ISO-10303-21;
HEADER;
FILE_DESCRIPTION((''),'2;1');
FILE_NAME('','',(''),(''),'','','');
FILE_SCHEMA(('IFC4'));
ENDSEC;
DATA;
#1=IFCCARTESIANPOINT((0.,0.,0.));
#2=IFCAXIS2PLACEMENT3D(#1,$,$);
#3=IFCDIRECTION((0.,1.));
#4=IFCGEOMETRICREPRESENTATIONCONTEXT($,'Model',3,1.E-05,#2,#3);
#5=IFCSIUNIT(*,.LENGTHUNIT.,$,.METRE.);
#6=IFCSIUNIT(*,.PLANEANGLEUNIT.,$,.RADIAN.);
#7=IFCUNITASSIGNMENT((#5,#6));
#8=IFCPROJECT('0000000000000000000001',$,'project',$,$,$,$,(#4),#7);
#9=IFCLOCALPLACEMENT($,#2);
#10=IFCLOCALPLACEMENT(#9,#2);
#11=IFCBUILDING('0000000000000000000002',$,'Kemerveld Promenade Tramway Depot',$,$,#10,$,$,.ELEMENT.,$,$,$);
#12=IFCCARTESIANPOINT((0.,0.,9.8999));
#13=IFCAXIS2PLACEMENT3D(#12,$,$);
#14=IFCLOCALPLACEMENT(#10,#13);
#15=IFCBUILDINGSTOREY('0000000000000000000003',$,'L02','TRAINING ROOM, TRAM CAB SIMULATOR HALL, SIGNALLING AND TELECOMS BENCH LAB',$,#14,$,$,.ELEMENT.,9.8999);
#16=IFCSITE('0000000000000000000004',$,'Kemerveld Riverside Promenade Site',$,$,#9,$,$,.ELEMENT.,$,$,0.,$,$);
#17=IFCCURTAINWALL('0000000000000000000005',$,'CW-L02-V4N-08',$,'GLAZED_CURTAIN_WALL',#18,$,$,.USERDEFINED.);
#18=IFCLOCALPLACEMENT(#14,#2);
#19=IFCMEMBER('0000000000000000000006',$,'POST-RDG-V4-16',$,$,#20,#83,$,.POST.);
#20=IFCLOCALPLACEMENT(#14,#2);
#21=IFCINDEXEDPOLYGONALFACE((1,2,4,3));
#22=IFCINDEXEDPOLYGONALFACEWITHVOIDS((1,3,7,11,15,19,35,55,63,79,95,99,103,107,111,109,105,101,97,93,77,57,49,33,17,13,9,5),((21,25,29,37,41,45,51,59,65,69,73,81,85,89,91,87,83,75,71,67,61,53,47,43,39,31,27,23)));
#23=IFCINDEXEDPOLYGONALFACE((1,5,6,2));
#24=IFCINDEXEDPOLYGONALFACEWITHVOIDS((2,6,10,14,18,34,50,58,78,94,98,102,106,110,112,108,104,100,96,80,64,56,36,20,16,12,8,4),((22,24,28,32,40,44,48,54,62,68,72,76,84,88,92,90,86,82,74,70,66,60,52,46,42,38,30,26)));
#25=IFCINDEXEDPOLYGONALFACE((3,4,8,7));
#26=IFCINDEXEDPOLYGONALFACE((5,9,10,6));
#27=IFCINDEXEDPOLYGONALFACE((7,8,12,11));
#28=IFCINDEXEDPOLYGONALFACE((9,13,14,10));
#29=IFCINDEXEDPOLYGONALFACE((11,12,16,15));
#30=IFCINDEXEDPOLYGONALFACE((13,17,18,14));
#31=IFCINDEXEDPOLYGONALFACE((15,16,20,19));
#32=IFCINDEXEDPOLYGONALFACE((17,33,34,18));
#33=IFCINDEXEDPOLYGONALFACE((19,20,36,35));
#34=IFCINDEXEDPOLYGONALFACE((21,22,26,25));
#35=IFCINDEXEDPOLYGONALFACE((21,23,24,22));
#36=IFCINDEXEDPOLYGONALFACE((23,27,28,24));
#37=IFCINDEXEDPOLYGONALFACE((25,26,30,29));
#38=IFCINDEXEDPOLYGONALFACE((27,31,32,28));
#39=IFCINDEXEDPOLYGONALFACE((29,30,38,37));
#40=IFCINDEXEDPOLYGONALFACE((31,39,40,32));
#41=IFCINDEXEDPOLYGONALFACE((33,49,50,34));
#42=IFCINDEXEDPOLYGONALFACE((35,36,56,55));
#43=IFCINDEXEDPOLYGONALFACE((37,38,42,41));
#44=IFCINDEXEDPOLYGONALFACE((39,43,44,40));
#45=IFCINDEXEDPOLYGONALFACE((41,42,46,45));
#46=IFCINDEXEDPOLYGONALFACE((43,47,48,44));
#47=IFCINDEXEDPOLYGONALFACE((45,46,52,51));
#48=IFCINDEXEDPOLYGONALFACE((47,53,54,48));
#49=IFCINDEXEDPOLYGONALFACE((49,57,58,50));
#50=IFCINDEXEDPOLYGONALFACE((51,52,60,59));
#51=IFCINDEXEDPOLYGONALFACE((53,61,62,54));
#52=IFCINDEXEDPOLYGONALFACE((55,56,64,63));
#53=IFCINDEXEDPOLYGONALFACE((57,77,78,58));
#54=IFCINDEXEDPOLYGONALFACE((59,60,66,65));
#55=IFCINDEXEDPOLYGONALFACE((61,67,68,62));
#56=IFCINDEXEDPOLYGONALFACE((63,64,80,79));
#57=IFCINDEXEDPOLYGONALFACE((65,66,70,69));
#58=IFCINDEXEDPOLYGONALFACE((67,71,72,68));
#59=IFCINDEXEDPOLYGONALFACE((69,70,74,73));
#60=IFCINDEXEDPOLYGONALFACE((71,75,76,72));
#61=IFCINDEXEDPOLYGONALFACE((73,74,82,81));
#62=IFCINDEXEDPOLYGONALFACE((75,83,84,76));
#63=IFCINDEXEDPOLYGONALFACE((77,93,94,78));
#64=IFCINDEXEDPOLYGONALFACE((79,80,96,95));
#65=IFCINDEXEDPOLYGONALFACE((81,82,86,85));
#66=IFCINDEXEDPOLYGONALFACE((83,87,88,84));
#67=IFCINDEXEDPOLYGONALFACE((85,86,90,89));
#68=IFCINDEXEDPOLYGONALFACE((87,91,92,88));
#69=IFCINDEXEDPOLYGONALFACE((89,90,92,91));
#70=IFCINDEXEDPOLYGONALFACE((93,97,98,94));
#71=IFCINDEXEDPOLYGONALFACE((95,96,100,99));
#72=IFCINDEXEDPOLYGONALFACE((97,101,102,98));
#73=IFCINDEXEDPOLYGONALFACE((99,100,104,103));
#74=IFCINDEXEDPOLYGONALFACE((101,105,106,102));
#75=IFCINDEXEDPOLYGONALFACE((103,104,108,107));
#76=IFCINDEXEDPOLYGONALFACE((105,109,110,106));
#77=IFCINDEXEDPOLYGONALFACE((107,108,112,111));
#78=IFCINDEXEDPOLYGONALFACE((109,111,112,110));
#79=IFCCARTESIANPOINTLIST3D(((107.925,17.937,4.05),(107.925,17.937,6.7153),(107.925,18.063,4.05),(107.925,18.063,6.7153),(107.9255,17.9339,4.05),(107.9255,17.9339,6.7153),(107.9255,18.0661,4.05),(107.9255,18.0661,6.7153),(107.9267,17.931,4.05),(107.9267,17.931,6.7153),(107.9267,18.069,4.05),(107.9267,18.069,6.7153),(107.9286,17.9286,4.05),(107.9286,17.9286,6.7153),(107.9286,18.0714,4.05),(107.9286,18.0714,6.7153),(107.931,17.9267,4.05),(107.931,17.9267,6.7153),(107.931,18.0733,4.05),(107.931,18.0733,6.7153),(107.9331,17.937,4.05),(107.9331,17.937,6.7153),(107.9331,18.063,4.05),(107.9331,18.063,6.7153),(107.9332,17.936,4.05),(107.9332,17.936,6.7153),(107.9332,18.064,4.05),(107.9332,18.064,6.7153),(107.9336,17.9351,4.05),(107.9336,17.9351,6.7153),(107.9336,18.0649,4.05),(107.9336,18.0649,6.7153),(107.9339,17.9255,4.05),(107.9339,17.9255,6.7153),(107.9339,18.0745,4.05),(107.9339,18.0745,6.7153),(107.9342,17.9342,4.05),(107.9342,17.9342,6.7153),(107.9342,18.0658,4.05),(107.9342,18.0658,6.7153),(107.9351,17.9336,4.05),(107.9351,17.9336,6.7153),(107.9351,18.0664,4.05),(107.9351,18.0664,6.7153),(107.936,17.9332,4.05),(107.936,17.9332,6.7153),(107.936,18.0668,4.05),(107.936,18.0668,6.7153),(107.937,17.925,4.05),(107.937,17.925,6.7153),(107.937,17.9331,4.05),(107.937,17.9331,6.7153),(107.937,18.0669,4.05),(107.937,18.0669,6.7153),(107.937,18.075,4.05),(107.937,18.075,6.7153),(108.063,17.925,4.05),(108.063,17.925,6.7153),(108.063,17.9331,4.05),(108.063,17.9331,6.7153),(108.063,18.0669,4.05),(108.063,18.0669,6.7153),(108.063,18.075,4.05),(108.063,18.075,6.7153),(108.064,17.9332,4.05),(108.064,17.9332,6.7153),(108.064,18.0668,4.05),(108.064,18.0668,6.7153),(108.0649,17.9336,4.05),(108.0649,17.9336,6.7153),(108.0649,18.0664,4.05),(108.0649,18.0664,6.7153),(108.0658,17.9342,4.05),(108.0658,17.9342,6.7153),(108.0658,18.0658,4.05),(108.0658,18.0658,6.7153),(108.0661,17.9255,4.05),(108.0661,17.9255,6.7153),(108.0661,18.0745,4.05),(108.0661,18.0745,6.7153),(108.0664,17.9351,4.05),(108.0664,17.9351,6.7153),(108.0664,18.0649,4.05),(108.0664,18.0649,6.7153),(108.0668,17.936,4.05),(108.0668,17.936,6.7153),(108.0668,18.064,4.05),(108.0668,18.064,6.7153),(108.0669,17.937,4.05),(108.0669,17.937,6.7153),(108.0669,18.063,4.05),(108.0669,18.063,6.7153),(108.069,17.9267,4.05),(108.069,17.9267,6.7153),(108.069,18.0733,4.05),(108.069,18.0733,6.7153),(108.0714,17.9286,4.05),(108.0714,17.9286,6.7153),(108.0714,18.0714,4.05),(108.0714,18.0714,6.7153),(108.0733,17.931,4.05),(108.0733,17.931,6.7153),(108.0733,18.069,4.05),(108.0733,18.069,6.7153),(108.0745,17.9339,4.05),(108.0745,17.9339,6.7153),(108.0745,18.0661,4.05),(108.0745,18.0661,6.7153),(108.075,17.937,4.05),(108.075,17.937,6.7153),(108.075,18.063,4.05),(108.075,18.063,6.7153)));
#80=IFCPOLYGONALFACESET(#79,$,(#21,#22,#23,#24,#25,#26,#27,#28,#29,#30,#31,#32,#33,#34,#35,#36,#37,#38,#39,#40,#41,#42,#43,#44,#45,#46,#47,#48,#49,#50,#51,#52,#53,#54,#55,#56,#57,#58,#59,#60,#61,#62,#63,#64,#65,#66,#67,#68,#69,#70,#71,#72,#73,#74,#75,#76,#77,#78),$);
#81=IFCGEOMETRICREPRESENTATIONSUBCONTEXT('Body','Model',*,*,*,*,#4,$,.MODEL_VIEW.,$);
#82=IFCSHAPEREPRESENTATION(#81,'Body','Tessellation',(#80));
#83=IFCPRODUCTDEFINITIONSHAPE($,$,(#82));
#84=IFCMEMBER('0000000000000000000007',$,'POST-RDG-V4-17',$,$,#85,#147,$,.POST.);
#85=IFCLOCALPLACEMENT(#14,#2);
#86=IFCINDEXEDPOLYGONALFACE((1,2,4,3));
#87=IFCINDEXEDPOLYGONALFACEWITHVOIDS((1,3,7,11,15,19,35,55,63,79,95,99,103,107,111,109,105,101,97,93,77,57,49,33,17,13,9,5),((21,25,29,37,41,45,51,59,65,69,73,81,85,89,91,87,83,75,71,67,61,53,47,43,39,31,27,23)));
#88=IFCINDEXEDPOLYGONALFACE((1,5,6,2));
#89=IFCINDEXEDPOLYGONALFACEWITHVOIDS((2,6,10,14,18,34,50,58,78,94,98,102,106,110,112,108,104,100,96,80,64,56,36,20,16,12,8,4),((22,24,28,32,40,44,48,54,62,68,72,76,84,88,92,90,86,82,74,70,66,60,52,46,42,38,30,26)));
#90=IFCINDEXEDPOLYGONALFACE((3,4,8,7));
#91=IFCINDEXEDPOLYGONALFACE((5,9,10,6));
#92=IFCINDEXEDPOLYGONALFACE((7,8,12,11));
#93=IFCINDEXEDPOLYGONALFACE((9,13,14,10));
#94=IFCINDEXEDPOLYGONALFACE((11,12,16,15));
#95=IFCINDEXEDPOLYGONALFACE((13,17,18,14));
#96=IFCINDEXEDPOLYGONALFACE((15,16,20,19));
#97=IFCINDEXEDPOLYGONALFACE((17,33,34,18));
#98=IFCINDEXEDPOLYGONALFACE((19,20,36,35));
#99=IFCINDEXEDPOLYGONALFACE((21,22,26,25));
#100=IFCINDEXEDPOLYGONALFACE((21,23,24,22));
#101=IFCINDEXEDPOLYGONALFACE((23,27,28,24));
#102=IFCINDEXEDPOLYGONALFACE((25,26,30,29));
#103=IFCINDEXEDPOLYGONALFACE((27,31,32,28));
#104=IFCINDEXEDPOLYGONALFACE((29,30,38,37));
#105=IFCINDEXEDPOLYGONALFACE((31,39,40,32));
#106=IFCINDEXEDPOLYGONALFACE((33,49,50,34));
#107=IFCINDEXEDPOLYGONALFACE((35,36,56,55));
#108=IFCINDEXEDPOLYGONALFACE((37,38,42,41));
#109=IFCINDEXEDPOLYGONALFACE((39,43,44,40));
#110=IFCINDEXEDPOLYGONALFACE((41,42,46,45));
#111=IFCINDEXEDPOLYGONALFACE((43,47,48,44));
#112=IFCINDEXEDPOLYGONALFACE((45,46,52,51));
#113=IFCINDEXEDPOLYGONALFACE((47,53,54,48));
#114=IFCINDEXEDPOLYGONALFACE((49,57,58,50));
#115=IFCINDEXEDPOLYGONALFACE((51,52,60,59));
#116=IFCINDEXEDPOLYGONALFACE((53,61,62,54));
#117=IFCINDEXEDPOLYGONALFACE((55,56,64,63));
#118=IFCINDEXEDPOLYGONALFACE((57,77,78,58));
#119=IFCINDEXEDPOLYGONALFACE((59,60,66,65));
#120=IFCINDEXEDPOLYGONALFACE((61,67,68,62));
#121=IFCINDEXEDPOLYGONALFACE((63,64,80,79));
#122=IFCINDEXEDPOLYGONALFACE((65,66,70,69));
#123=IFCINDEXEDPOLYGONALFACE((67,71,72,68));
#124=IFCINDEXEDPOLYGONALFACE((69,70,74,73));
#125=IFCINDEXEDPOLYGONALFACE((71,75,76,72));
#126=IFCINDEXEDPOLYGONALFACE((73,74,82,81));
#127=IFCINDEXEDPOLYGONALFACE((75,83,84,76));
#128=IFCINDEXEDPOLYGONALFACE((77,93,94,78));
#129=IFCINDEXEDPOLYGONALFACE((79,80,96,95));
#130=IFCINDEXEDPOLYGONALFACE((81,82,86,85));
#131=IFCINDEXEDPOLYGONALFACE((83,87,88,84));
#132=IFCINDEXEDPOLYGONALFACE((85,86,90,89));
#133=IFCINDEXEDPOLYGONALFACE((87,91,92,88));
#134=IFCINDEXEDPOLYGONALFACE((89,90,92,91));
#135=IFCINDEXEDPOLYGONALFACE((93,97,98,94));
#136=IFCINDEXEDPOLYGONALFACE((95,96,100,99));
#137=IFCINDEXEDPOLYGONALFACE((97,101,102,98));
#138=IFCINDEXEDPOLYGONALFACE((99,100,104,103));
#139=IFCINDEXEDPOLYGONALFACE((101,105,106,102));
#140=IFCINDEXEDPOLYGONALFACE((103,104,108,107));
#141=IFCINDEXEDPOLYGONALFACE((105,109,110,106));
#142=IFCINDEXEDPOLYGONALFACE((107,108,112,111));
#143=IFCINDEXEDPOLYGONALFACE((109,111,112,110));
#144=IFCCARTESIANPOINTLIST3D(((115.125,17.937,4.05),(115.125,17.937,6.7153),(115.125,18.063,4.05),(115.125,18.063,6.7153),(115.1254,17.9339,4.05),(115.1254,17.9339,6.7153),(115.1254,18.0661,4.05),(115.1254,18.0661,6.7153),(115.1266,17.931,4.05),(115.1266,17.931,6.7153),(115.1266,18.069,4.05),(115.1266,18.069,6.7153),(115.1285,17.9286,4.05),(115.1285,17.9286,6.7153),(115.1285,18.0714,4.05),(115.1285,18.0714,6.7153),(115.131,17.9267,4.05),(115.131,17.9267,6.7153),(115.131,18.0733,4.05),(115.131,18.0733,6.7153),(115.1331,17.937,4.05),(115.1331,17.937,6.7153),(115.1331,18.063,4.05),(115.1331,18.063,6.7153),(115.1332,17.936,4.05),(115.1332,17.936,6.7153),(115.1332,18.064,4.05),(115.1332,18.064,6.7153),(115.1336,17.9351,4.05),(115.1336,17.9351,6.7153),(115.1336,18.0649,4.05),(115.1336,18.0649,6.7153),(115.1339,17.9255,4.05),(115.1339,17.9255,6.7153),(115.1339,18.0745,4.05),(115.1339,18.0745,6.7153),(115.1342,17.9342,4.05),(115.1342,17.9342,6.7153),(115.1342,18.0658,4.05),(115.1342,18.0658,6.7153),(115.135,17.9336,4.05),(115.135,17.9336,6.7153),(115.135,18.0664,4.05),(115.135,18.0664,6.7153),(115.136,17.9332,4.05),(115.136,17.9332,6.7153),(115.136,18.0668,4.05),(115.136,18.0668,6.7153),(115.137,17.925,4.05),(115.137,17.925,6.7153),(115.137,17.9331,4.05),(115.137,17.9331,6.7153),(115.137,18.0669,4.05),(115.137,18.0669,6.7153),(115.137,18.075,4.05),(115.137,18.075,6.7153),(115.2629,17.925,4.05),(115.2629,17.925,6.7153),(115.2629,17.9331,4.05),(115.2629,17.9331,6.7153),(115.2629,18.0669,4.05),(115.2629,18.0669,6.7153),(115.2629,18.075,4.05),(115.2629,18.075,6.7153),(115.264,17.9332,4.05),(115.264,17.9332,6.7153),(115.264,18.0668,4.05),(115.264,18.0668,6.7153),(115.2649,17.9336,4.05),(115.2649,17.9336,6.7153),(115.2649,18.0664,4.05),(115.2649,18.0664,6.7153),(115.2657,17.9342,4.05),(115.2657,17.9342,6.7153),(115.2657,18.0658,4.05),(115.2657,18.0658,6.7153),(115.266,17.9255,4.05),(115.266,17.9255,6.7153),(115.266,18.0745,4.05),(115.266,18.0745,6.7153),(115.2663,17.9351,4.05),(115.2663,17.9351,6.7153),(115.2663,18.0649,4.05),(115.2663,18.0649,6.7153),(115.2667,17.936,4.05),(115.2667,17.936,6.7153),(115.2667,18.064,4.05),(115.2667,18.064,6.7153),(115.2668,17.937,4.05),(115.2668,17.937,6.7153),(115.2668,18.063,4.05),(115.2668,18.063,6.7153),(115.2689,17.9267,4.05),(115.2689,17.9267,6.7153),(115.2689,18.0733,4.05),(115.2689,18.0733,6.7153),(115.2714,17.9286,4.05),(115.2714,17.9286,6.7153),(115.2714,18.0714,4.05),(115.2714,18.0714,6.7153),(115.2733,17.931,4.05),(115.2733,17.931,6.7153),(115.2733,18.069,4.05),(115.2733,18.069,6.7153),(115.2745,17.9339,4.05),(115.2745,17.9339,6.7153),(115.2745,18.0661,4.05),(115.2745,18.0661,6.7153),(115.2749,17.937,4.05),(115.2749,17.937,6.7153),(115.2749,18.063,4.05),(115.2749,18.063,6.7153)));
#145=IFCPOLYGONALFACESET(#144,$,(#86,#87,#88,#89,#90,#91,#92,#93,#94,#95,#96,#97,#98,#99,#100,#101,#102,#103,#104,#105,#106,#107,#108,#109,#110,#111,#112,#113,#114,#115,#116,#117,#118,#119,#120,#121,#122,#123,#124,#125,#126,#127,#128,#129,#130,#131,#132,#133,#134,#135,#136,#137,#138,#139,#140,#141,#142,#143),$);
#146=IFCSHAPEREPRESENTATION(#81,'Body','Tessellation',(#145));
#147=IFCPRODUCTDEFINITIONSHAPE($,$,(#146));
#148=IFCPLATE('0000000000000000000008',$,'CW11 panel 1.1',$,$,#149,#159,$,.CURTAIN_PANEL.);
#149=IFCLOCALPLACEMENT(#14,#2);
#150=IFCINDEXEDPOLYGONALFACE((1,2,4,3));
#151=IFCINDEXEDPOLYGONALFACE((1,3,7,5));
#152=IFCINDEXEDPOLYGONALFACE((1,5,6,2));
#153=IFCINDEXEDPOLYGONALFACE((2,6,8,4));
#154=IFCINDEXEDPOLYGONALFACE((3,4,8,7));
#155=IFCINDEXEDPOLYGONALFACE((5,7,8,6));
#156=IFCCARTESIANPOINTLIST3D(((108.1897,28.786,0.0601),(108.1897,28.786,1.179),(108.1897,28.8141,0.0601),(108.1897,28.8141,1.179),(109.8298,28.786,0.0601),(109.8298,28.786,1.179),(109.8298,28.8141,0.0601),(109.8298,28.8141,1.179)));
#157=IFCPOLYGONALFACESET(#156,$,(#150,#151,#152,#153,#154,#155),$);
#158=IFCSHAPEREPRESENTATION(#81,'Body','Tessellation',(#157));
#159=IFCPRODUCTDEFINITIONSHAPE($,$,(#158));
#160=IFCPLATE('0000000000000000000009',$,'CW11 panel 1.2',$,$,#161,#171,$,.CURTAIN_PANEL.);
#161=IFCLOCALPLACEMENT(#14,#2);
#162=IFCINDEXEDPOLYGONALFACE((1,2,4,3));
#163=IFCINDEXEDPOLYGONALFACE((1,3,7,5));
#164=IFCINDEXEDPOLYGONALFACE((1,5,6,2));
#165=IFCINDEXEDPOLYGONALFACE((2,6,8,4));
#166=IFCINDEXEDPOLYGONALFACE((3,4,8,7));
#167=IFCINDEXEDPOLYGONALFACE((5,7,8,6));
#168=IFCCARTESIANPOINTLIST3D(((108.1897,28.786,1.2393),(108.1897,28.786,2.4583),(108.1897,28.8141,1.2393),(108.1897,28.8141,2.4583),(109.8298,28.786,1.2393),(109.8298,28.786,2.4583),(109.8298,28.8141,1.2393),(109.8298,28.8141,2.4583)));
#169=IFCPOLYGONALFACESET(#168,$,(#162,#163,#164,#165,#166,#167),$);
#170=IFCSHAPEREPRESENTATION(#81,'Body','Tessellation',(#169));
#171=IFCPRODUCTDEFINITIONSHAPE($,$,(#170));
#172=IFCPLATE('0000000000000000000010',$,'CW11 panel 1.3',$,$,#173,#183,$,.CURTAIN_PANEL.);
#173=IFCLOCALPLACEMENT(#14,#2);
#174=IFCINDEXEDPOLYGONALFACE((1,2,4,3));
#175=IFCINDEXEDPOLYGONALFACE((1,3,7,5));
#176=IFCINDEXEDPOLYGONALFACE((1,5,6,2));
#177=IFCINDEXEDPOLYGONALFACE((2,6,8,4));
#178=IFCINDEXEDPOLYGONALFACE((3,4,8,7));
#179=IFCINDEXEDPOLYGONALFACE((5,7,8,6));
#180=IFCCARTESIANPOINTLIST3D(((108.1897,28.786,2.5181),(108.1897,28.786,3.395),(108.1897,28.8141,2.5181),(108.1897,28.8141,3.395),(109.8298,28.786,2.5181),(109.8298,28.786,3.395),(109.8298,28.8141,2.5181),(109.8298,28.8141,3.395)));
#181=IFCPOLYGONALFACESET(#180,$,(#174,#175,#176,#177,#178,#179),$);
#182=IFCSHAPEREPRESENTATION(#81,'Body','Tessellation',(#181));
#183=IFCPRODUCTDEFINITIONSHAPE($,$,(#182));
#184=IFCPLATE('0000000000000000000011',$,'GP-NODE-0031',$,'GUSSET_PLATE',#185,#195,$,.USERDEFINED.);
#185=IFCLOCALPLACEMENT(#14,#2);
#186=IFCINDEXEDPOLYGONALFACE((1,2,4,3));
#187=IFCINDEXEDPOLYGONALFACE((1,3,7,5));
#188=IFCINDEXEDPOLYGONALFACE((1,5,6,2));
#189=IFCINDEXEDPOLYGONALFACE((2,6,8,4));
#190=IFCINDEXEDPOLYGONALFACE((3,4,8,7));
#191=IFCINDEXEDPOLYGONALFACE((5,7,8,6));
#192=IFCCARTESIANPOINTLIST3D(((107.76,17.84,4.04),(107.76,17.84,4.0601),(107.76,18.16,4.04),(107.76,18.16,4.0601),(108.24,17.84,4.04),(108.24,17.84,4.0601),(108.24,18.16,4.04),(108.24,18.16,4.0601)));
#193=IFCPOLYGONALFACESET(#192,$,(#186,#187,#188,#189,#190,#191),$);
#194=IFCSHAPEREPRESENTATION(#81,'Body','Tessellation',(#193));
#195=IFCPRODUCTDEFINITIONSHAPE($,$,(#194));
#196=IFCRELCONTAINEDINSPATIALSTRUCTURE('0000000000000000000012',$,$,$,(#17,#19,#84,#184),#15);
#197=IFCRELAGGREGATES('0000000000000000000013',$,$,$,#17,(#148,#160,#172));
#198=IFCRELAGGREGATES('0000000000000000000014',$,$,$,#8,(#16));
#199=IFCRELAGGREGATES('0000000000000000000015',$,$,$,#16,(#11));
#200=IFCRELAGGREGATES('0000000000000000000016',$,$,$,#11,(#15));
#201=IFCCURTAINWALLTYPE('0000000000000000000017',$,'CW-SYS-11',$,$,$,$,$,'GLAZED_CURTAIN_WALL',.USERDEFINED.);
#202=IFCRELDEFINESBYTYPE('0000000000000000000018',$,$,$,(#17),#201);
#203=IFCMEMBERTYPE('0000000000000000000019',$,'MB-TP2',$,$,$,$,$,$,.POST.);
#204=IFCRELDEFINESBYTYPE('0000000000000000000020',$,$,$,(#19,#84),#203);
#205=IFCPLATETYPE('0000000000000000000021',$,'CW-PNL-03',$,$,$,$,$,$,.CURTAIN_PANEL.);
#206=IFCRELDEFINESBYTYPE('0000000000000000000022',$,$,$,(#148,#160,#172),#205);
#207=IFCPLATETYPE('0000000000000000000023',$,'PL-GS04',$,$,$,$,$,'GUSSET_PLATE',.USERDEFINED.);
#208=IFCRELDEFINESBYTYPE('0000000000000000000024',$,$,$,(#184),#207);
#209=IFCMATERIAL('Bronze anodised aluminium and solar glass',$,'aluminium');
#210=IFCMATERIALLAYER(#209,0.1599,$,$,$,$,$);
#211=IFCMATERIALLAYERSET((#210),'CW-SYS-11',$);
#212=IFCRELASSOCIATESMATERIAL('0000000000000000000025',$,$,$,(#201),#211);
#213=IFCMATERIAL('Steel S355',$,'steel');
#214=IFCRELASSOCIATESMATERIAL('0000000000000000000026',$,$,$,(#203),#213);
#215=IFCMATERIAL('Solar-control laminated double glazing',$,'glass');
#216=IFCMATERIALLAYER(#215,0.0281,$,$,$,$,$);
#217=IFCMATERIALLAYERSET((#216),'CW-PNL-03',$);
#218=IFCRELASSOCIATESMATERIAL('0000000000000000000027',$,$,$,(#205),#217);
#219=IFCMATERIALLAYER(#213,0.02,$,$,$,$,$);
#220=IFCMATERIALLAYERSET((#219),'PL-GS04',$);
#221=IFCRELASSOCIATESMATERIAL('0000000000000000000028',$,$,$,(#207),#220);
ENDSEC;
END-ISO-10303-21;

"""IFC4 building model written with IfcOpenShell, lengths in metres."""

from ifc_helpers import new_model, si_unit, direction, frame, origin, origin_2d, place, context, subcontext, project, spatial, rectangle, hollow_rectangle, extrude, material, layer, layer_set, material_profile, profile_set, type_object, element, aggregate, save


model = new_model("IFC4")

# Units and contexts
model_context = context("Model", 3, precision=1e-05, world=origin(), true_north=direction((0.0, 1.0)))
body_context = subcontext(model_context, "Body", "Model", "MODEL_VIEW")
ifc_project = project(units=[si_unit("LENGTHUNIT", "METRE"), si_unit("PLANEANGLEUNIT", "RADIAN")], contexts=[model_context])

# Site, building, storey
site_placement = place(None, origin())
site = spatial("IfcSite", under=ifc_project, at=site_placement, Name="Kemerveld Riverside Promenade Site", CompositionType="ELEMENT", RefElevation=0.0)
building_placement = place(site_placement, origin())
building = spatial("IfcBuilding", under=site, at=building_placement, Name="Kemerveld Promenade Tramway Depot", CompositionType="ELEMENT")
storey_placement = place(building_placement, frame((0.0, 0.0, 9.8999)))
storey = spatial("IfcBuildingStorey", under=building, at=storey_placement, Name="L02", Description="TRAINING ROOM, TRAM CAB SIMULATOR HALL, SIGNALLING AND TELECOMS BENCH LAB", CompositionType="ELEMENT", Elevation=9.8999)

# Shared definitions
ifc_material_1 = material(Name="Steel S355", Category="steel")

# Curtain wall
ifc_material_2 = material(Name="Bronze anodised aluminium and solar glass", Category="aluminium")
ifc_layer_1 = layer(ifc_material_2, 0.1599)
ifc_layer_set_1 = layer_set([ifc_layer_1], Name="CW-SYS-11")
curtain_wall_type = type_object("IfcCurtainWallType", Name="CW-SYS-11", ElementType="GLAZED_CURTAIN_WALL", PredefinedType="USERDEFINED", material=ifc_layer_set_1)
curtain_wall_placement = place(storey_placement, origin())
curtain_wall = element("IfcCurtainWall", 1, at=curtain_wall_placement, inside=storey, type_object=curtain_wall_type, Name="CW-L02-V4N-08", ObjectType="GLAZED_CURTAIN_WALL", PredefinedType="USERDEFINED")

# Members
ifc_material_profile_1 = material_profile(ifc_material_1, hollow_rectangle(XDim=0.1499, YDim=0.1499, WallThickness=0.0081, InnerFilletRadius=0.0039, OuterFilletRadius=0.012, at=origin_2d()), Name="150x150x8.0 SHS")
ifc_profile_set_1 = profile_set([ifc_material_profile_1], Name="Steel S355")
member_type_1 = type_object("IfcMemberType", Name="MB-TP2", PredefinedType="POST", material=ifc_profile_set_1)
for number, where, z_axis, x_axis, name in (
    (2, (108.0, 18.0, 4.05), (0.0, 0.0, 1.0), (1.0, 0.0, 0.0), "POST-RDG-V4-16"),
    (3, (115.2, 18.0, 4.05), (0.0, 0.0, 1.0), (1.0, 0.0, 0.0), "POST-RDG-V4-17"),
):
    element("IfcMember", number, at=place(storey_placement, frame(where, z_axis=z_axis, x_axis=x_axis)), inside=storey, type_object=member_type_1, Name=name, PredefinedType="POST", context=body_context, shape_type="SweptSolid", body=[
        extrude(hollow_rectangle(XDim=0.1499, YDim=0.1499, WallThickness=0.0081, InnerFilletRadius=0.0039, OuterFilletRadius=0.012, at=origin_2d()), origin(), (0.0, 0.0, 1.0), 2.6653),
    ])

# Plates
ifc_material_3 = material(Name="Solar-control laminated double glazing", Category="glass")
ifc_layer_2 = layer(ifc_material_3, 0.0281)
ifc_layer_set_2 = layer_set([ifc_layer_2], Name="CW-PNL-03")
plate_type_1 = type_object("IfcPlateType", Name="CW-PNL-03", PredefinedType="CURTAIN_PANEL", material=ifc_layer_set_2)
plate_1_placement = place(storey_placement, frame((109.0098, 28.8, 0.0601), z_axis=(0.0, 0.0, 1.0), x_axis=(1.0, 0.0, 0.0)))
plate_1 = element("IfcPlate", 4, at=plate_1_placement, type_object=plate_type_1, Name="CW11 panel 1.1", PredefinedType="CURTAIN_PANEL", context=body_context, shape_type="SweptSolid", body=[
    extrude(rectangle(XDim=1.6401, YDim=0.0281, at=origin_2d()), origin(), (0.0, 0.0, 1.0), 1.1189),
])
plate_2_placement = place(storey_placement, frame((109.0098, 28.8, 1.2393), z_axis=(0.0, 0.0, 1.0), x_axis=(1.0, 0.0, 0.0)))
plate_2 = element("IfcPlate", 5, at=plate_2_placement, type_object=plate_type_1, Name="CW11 panel 1.2", PredefinedType="CURTAIN_PANEL", context=body_context, shape_type="SweptSolid", body=[
    extrude(rectangle(XDim=1.6401, YDim=0.0281, at=origin_2d()), origin(), (0.0, 0.0, 1.0), 1.219),
])
plate_3_placement = place(storey_placement, frame((109.0098, 28.8, 2.5181), z_axis=(0.0, 0.0, 1.0), x_axis=(1.0, 0.0, 0.0)))
plate_3 = element("IfcPlate", 6, at=plate_3_placement, type_object=plate_type_1, Name="CW11 panel 1.3", PredefinedType="CURTAIN_PANEL", context=body_context, shape_type="SweptSolid", body=[
    extrude(rectangle(XDim=1.6401, YDim=0.0281, at=origin_2d()), origin(), (0.0, 0.0, 1.0), 0.877),
])
aggregate(curtain_wall, [plate_1, plate_2, plate_3])

# Plate
ifc_layer_3 = layer(ifc_material_1, 0.02)
ifc_layer_set_3 = layer_set([ifc_layer_3], Name="PL-GS04")
plate_type_2 = type_object("IfcPlateType", Name="PL-GS04", ElementType="GUSSET_PLATE", PredefinedType="USERDEFINED", material=ifc_layer_set_3)
plate_4_placement = place(storey_placement, frame((108.0, 18.0, 4.04), z_axis=(0.0, 0.0, 1.0), x_axis=(1.0, 0.0, 0.0)))
element("IfcPlate", 7, at=plate_4_placement, inside=storey, type_object=plate_type_2, Name="GP-NODE-0031", ObjectType="GUSSET_PLATE", PredefinedType="USERDEFINED", context=body_context, shape_type="SweptSolid", body=[
    extrude(rectangle(XDim=0.48, YDim=0.3201, at=origin_2d()), origin(), (0.0, 0.0, 1.0), 0.02),
])

save(model, "model.ifc")
